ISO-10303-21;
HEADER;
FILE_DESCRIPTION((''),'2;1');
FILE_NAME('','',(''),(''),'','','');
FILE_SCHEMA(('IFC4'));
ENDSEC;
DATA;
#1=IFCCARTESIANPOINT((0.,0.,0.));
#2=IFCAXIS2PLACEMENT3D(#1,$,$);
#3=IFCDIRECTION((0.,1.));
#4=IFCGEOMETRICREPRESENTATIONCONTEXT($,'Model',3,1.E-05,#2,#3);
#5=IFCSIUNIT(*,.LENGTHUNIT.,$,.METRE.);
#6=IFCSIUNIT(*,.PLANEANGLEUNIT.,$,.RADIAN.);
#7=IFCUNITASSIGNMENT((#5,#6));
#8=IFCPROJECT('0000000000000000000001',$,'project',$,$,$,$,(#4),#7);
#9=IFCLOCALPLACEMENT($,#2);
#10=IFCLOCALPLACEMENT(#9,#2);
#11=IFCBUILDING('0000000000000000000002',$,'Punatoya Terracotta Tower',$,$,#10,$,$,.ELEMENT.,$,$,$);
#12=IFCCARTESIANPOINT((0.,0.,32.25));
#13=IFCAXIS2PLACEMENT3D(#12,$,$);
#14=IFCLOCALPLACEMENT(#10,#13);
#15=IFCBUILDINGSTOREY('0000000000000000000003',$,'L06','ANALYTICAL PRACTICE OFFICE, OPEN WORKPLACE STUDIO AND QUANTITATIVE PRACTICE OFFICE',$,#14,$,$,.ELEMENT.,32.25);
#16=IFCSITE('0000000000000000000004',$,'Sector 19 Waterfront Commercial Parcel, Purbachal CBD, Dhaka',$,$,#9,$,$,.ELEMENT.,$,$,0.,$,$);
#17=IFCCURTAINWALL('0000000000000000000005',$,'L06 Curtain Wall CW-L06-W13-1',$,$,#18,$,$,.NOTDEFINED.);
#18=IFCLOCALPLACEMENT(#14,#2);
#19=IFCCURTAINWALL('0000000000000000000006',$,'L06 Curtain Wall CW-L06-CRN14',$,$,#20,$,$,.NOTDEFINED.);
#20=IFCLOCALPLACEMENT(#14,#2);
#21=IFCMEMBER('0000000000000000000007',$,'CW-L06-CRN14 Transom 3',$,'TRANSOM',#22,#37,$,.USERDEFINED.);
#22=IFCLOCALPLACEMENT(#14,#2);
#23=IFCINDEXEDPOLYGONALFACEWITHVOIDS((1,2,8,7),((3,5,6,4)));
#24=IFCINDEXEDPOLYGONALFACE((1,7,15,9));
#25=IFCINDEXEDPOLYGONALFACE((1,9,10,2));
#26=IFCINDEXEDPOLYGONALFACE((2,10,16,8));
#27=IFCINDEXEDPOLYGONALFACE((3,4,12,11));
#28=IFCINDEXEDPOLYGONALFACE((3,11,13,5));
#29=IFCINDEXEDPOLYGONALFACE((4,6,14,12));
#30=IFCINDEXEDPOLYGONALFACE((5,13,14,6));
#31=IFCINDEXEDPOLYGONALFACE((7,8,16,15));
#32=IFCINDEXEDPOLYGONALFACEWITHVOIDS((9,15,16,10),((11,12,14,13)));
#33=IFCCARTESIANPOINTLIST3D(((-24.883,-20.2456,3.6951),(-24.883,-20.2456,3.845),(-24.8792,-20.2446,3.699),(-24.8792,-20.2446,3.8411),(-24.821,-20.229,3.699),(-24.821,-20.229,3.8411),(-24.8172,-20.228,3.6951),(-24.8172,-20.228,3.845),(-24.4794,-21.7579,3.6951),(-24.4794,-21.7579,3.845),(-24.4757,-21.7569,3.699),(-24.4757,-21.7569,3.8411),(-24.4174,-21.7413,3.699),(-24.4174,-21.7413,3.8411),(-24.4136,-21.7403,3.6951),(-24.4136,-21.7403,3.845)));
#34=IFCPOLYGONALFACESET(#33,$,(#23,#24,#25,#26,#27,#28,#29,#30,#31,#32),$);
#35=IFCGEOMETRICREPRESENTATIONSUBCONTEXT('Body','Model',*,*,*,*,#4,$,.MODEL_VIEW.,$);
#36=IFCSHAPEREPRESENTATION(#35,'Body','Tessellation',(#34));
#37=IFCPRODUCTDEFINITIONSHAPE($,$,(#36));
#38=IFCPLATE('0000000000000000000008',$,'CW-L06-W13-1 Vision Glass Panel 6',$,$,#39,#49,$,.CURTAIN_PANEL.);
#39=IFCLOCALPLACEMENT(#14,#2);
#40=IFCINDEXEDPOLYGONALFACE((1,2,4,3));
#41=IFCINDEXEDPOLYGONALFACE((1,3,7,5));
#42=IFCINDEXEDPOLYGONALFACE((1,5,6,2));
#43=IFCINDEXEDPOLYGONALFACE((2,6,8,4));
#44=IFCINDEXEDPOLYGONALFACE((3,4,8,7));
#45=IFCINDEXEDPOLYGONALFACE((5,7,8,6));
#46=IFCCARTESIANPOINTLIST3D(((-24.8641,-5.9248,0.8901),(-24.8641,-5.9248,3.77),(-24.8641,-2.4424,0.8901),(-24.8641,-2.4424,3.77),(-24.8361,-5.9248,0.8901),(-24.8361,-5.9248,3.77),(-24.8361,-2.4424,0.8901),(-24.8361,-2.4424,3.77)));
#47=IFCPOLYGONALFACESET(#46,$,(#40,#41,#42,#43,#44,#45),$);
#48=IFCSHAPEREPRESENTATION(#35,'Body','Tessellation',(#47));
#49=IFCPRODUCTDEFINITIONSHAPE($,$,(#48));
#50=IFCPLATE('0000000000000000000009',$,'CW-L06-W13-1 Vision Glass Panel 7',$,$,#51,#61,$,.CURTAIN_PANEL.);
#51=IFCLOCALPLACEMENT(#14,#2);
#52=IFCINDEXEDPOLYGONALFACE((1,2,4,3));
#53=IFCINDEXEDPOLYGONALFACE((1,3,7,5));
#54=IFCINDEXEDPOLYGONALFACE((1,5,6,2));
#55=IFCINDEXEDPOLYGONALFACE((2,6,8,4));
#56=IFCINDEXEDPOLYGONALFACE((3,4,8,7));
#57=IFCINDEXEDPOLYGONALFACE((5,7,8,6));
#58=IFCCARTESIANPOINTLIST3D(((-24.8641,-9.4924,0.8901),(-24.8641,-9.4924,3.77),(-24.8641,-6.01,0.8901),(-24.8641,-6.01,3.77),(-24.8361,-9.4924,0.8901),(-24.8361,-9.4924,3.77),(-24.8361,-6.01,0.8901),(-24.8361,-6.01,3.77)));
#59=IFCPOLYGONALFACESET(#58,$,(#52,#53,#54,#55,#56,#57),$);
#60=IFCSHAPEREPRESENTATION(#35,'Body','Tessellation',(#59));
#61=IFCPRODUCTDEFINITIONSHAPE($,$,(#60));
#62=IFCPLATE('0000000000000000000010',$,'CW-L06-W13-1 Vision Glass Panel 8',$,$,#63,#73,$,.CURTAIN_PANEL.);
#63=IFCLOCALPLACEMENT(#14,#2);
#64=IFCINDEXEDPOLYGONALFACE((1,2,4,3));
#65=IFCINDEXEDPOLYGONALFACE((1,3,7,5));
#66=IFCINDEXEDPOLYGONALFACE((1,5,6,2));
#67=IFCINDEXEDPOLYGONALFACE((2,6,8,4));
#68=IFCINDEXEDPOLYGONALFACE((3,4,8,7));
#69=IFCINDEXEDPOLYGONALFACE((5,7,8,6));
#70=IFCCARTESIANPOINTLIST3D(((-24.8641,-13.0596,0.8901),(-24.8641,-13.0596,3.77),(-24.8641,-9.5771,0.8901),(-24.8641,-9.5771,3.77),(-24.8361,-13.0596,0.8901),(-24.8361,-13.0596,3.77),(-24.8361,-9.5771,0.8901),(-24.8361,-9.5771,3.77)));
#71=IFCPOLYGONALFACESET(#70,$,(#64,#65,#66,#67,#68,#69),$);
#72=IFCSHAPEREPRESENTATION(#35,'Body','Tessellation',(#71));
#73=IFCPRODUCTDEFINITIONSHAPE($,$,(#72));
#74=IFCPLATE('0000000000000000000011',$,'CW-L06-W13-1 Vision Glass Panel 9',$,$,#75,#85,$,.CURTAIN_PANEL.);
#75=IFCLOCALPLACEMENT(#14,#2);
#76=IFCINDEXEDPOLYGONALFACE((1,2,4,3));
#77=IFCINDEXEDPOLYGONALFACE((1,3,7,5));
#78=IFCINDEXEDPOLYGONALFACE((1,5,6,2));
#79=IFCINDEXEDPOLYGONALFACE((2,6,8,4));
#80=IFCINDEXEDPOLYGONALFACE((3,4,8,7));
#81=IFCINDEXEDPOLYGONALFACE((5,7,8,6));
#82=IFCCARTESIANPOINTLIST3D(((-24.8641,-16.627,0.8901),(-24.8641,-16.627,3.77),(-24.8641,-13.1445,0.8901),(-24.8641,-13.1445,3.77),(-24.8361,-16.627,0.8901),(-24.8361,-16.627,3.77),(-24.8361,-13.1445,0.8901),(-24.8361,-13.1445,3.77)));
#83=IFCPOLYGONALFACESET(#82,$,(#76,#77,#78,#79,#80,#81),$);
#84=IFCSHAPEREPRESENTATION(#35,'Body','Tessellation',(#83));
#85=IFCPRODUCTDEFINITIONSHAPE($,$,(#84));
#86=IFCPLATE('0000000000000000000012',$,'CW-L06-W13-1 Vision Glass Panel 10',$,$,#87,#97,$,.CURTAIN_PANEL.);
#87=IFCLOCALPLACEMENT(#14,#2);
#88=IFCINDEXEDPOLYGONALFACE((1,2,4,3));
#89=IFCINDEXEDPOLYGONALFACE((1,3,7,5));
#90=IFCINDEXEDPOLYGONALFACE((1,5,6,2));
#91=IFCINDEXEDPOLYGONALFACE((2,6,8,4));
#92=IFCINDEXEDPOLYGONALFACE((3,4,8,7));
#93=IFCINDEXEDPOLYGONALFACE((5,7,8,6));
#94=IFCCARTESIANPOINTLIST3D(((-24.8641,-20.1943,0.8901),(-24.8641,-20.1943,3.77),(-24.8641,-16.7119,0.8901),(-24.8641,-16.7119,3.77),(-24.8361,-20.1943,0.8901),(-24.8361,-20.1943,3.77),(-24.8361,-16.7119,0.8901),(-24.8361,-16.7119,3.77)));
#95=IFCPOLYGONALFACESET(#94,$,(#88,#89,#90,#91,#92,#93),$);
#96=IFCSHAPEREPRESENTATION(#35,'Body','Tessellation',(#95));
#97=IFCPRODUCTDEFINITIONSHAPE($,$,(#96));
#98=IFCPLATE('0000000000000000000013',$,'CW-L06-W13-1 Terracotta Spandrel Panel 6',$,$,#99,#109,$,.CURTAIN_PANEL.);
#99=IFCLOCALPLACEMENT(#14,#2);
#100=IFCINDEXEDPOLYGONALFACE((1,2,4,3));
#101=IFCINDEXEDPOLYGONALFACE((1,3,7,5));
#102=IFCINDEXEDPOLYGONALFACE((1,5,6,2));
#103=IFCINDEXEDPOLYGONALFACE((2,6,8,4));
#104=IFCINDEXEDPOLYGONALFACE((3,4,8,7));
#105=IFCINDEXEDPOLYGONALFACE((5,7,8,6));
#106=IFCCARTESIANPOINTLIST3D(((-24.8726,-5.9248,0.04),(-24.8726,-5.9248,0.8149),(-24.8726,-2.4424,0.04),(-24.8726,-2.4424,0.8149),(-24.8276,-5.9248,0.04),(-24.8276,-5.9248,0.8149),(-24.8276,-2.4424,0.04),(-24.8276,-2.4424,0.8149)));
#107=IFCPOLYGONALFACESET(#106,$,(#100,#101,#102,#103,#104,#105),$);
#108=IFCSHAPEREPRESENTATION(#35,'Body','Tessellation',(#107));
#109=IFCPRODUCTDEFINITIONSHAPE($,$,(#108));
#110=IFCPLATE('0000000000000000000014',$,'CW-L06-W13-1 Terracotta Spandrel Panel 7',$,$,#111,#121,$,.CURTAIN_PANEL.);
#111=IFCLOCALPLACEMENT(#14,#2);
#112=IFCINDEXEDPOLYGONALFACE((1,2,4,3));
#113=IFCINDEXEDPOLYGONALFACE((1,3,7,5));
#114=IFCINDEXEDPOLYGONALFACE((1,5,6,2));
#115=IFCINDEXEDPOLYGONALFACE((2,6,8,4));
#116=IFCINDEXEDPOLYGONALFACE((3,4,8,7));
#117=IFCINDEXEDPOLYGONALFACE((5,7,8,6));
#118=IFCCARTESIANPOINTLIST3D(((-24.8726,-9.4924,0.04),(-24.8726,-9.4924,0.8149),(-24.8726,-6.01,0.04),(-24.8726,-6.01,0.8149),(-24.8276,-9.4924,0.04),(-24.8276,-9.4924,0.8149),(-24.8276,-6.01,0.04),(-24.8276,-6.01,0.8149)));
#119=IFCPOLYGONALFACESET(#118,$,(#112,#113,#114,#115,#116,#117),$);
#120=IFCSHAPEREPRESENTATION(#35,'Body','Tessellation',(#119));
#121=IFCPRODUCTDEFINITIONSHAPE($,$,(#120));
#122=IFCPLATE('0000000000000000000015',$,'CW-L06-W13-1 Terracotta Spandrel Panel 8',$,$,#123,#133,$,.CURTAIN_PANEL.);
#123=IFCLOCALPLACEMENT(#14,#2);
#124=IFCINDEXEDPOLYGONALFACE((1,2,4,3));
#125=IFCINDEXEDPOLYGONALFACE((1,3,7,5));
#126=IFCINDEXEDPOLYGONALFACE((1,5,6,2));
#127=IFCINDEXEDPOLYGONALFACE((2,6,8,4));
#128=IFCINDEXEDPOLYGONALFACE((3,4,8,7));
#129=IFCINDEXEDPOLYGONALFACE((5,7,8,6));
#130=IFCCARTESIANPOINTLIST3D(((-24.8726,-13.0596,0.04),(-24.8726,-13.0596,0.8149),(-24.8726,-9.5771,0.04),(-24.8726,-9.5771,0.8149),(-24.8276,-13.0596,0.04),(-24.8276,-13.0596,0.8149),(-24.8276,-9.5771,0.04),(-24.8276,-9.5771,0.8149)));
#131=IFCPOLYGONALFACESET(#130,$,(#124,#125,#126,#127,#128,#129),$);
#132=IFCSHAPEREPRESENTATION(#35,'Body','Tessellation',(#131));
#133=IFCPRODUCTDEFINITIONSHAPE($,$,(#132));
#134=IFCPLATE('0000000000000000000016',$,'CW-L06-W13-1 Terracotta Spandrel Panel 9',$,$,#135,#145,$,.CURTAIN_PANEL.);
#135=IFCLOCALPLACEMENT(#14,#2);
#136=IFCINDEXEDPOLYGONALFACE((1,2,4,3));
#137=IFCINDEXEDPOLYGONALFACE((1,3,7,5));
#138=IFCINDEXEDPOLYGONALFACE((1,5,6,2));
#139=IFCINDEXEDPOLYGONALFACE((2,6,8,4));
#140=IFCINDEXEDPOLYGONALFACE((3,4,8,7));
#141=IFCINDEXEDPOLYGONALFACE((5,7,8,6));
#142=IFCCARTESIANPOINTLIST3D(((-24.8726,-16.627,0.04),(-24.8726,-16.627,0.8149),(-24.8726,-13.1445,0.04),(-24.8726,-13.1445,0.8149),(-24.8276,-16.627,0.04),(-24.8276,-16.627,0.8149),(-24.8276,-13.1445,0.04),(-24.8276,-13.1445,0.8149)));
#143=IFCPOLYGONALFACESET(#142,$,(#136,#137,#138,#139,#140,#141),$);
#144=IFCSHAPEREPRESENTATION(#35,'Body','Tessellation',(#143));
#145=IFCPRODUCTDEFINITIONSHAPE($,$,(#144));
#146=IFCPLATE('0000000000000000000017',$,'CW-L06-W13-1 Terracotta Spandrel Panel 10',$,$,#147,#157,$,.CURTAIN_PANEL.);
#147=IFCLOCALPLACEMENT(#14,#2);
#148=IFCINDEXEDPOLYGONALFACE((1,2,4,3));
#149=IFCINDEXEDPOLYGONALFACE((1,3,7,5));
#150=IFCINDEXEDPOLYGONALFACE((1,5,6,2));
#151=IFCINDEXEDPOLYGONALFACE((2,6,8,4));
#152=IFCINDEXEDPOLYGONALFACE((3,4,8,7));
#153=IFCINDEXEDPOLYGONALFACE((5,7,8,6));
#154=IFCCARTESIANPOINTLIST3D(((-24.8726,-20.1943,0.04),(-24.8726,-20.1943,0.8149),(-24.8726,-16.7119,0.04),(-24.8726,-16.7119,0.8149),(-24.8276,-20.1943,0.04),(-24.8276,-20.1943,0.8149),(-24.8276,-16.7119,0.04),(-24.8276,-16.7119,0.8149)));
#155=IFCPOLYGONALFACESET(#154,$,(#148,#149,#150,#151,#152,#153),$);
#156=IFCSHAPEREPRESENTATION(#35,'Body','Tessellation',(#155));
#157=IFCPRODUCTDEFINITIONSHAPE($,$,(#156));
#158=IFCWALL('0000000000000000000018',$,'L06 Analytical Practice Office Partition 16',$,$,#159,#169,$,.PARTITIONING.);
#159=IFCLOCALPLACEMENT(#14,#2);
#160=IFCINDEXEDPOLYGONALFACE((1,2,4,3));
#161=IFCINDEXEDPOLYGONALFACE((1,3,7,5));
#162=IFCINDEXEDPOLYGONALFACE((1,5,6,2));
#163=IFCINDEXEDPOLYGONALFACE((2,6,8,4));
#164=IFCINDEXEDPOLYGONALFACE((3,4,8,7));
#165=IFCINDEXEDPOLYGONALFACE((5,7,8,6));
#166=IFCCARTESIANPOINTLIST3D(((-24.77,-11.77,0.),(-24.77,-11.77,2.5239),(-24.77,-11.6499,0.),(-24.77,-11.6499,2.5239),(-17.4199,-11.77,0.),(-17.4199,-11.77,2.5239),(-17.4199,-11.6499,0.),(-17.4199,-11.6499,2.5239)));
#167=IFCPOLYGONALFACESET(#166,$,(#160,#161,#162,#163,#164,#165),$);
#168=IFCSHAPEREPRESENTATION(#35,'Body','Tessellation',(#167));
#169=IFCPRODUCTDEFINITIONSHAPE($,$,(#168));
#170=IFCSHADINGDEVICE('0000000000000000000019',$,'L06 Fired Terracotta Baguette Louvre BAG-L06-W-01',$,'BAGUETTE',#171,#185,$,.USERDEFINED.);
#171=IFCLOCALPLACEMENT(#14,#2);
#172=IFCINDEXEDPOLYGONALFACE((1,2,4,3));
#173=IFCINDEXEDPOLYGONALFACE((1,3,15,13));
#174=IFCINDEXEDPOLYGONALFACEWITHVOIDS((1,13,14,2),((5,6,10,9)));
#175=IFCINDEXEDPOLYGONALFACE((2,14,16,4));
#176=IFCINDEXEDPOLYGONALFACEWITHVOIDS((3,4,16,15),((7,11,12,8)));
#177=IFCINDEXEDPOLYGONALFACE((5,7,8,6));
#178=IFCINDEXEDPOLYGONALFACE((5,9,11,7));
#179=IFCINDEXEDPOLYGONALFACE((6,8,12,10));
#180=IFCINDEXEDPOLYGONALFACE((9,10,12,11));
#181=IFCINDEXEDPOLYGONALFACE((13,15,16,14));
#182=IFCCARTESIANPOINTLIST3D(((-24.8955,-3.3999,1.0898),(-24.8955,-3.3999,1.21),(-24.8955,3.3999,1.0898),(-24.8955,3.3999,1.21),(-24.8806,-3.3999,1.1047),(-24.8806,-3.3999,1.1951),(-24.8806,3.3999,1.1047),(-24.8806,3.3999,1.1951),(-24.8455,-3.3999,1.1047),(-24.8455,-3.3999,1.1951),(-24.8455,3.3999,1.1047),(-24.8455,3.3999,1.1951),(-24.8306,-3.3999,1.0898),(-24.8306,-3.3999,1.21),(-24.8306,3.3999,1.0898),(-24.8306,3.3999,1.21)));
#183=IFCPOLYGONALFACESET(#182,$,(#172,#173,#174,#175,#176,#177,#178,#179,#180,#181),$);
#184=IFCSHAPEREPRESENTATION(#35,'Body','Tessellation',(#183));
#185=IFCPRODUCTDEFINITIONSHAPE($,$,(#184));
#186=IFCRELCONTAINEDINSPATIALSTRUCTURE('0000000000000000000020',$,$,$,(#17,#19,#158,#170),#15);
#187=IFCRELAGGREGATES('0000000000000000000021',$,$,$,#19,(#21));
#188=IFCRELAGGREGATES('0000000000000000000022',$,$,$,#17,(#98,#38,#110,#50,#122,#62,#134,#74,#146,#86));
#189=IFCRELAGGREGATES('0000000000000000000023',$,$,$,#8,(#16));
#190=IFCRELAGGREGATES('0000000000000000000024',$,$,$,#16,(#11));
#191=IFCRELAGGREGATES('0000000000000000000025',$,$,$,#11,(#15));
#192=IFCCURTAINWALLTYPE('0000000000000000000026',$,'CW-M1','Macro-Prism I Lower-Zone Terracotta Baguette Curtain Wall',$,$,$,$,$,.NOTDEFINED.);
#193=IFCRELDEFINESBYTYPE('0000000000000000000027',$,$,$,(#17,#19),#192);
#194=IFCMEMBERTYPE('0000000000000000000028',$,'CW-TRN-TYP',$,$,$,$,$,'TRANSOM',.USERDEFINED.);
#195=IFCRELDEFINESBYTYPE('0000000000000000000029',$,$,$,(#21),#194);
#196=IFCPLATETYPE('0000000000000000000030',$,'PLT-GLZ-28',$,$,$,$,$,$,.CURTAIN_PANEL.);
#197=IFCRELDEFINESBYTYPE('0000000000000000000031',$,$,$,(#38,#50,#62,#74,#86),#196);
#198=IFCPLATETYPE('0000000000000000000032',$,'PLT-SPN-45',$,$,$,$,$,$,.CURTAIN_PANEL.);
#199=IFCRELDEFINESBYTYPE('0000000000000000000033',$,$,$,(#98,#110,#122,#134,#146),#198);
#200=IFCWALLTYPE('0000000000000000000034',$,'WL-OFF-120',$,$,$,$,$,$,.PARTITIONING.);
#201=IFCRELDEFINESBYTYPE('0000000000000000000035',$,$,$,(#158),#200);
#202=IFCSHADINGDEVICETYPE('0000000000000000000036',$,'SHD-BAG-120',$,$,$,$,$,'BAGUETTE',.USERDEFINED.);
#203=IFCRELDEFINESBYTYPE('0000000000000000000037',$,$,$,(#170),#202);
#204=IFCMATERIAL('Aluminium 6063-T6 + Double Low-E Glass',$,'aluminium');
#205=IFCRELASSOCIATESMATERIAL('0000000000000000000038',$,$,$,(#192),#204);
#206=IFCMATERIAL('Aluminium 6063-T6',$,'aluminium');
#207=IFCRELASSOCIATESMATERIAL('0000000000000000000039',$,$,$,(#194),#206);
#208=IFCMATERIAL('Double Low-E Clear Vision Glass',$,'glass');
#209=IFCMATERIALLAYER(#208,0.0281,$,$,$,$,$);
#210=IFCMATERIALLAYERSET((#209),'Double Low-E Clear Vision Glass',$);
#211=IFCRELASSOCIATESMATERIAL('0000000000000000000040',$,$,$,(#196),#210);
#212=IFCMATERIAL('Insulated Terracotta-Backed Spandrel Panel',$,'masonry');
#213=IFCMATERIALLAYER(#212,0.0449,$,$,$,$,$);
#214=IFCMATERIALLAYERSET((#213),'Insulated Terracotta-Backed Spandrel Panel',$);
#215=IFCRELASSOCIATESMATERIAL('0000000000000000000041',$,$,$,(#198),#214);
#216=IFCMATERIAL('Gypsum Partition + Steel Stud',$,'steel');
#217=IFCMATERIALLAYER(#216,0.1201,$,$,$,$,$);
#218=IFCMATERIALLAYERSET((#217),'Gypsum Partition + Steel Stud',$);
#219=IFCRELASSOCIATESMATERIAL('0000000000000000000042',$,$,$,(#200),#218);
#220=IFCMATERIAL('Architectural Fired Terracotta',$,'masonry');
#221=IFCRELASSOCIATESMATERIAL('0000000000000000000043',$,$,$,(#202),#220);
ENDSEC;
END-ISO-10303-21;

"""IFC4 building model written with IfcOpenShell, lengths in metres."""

from ifc_helpers import new_model, si_unit, direction, frame, frame_2d, origin, origin_2d, place, context, subcontext, project, spatial, rectangle, hollow_rectangle, extrude, material, layer, layer_set, material_profile, profile_set, type_object, element, aggregate, save


model = new_model("IFC4")

# Units and contexts
model_context = context("Model", 3, precision=1e-05, world=origin(), true_north=direction((0.0, 1.0)))
body_context = subcontext(model_context, "Body", "Model", "MODEL_VIEW")
ifc_project = project(units=[si_unit("LENGTHUNIT", "METRE"), si_unit("PLANEANGLEUNIT", "RADIAN")], contexts=[model_context])

# Site, building, storey
site_placement = place(None, origin())
site = spatial("IfcSite", under=ifc_project, at=site_placement, Name="Sector 19 Waterfront Commercial Parcel, Purbachal CBD, Dhaka", CompositionType="ELEMENT", RefElevation=0.0)
building_placement = place(site_placement, origin())
building = spatial("IfcBuilding", under=site, at=building_placement, Name="Punatoya Terracotta Tower", CompositionType="ELEMENT")
storey_placement = place(building_placement, frame((0.0, 0.0, 32.25)))
storey = spatial("IfcBuildingStorey", under=building, at=storey_placement, Name="L06", Description="ANALYTICAL PRACTICE OFFICE, OPEN WORKPLACE STUDIO AND QUANTITATIVE PRACTICE OFFICE", CompositionType="ELEMENT", Elevation=32.25)

# Curtain wall
ifc_material_1 = material(Name="Aluminium 6063-T6 + Double Low-E Glass", Category="aluminium")
curtain_wall_type = type_object("IfcCurtainWallType", Name="CW-M1", Description="Macro-Prism I Lower-Zone Terracotta Baguette Curtain Wall", PredefinedType="NOTDEFINED", material=ifc_material_1)
curtain_wall_1_placement = place(storey_placement, origin())
curtain_wall_1 = element("IfcCurtainWall", 1, at=curtain_wall_1_placement, inside=storey, type_object=curtain_wall_type, Name="L06 Curtain Wall CW-L06-W13-1", PredefinedType="NOTDEFINED")
ifc_material_2 = material(Name="Aluminium 6063-T6", Category="aluminium")

# Curtain wall, member
curtain_wall_2_placement = place(storey_placement, origin())
curtain_wall_2 = element("IfcCurtainWall", 2, at=curtain_wall_2_placement, inside=storey, type_object=curtain_wall_type, Name="L06 Curtain Wall CW-L06-CRN14", PredefinedType="NOTDEFINED")
ifc_material_profile_1 = material_profile(ifc_material_2, hollow_rectangle(XDim=0.0681, YDim=0.1499, WallThickness=0.0039, at=origin_2d()))
ifc_profile_set_1 = profile_set([ifc_material_profile_1], Name="Aluminium 6063-T6")
member_type_1 = type_object("IfcMemberType", Name="CW-TRN-TYP", ElementType="TRANSOM", PredefinedType="USERDEFINED", material=ifc_profile_set_1)
member_1_placement = place(storey_placement, frame((-24.8501, -20.2368, 3.77), z_axis=(0.257847, -0.966186, 0.0), x_axis=(0.966186, 0.257847, 0.0)))
member_1 = element("IfcMember", 3, at=member_1_placement, type_object=member_type_1, Name="CW-L06-CRN14 Transom 3", ObjectType="TRANSOM", PredefinedType="USERDEFINED", context=body_context, shape_type="SweptSolid", body=[
    extrude(hollow_rectangle(XDim=0.0681, YDim=0.1499, WallThickness=0.0039, at=origin_2d()), origin(), (0.0, 0.0, 1.0), 1.5652),
])
aggregate(curtain_wall_2, [member_1])

# Plates
ifc_material_3 = material(Name="Double Low-E Clear Vision Glass", Category="glass")
ifc_layer_1 = layer(ifc_material_3, 0.0281)
ifc_layer_set_1 = layer_set([ifc_layer_1], Name="Double Low-E Clear Vision Glass")
plate_type_1 = type_object("IfcPlateType", Name="PLT-GLZ-28", PredefinedType="CURTAIN_PANEL", material=ifc_layer_set_1)
plate_1_placement = place(storey_placement, frame((-24.8501, -4.1836, 0.8901), z_axis=(0.0, 0.0, 1.0), x_axis=(0.0, -1.0, 0.0)))
plate_1 = element("IfcPlate", 4, at=plate_1_placement, type_object=plate_type_1, Name="CW-L06-W13-1 Vision Glass Panel 6", PredefinedType="CURTAIN_PANEL", context=body_context, shape_type="SweptSolid", body=[
    extrude(rectangle(XDim=3.4824, YDim=0.0281, at=origin_2d()), origin(), (0.0, 0.0, 1.0), 2.8799),
])
plate_2_placement = place(storey_placement, frame((-24.8501, -7.7512, 0.8901), z_axis=(0.0, 0.0, 1.0), x_axis=(0.0, -1.0, 0.0)))
plate_2 = element("IfcPlate", 5, at=plate_2_placement, type_object=plate_type_1, Name="CW-L06-W13-1 Vision Glass Panel 7", PredefinedType="CURTAIN_PANEL", context=body_context, shape_type="SweptSolid", body=[
    extrude(rectangle(XDim=3.4824, YDim=0.0281, at=origin_2d()), origin(), (0.0, 0.0, 1.0), 2.8799),
])
plate_3_placement = place(storey_placement, frame((-24.8501, -11.3184, 0.8901), z_axis=(0.0, 0.0, 1.0), x_axis=(0.0, -1.0, 0.0)))
plate_3 = element("IfcPlate", 6, at=plate_3_placement, type_object=plate_type_1, Name="CW-L06-W13-1 Vision Glass Panel 8", PredefinedType="CURTAIN_PANEL", context=body_context, shape_type="SweptSolid", body=[
    extrude(rectangle(XDim=3.4824, YDim=0.0281, at=origin_2d()), origin(), (0.0, 0.0, 1.0), 2.8799),
])
plate_4_placement = place(storey_placement, frame((-24.8501, -14.8857, 0.8901), z_axis=(0.0, 0.0, 1.0), x_axis=(0.0, -1.0, 0.0)))
plate_4 = element("IfcPlate", 7, at=plate_4_placement, type_object=plate_type_1, Name="CW-L06-W13-1 Vision Glass Panel 9", PredefinedType="CURTAIN_PANEL", context=body_context, shape_type="SweptSolid", body=[
    extrude(rectangle(XDim=3.4824, YDim=0.0281, at=origin_2d()), origin(), (0.0, 0.0, 1.0), 2.8799),
])
plate_5_placement = place(storey_placement, frame((-24.8501, -18.4531, 0.8901), z_axis=(0.0, 0.0, 1.0), x_axis=(0.0, -1.0, 0.0)))
plate_5 = element("IfcPlate", 8, at=plate_5_placement, type_object=plate_type_1, Name="CW-L06-W13-1 Vision Glass Panel 10", PredefinedType="CURTAIN_PANEL", context=body_context, shape_type="SweptSolid", body=[
    extrude(rectangle(XDim=3.4824, YDim=0.0281, at=origin_2d()), origin(), (0.0, 0.0, 1.0), 2.8799),
])
ifc_material_4 = material(Name="Insulated Terracotta-Backed Spandrel Panel", Category="masonry")
ifc_layer_2 = layer(ifc_material_4, 0.0449)
ifc_layer_set_2 = layer_set([ifc_layer_2], Name="Insulated Terracotta-Backed Spandrel Panel")
plate_type_2 = type_object("IfcPlateType", Name="PLT-SPN-45", PredefinedType="CURTAIN_PANEL", material=ifc_layer_set_2)
plate_6_placement = place(storey_placement, frame((-24.8501, -4.1836, 0.04), z_axis=(0.0, 0.0, 1.0), x_axis=(0.0, -1.0, 0.0)))
plate_6 = element("IfcPlate", 9, at=plate_6_placement, type_object=plate_type_2, Name="CW-L06-W13-1 Terracotta Spandrel Panel 6", PredefinedType="CURTAIN_PANEL", context=body_context, shape_type="SweptSolid", body=[
    extrude(rectangle(XDim=3.4824, YDim=0.0449, at=origin_2d()), origin(), (0.0, 0.0, 1.0), 0.7749),
])
plate_7_placement = place(storey_placement, frame((-24.8501, -7.7512, 0.04), z_axis=(0.0, 0.0, 1.0), x_axis=(0.0, -1.0, 0.0)))
plate_7 = element("IfcPlate", 10, at=plate_7_placement, type_object=plate_type_2, Name="CW-L06-W13-1 Terracotta Spandrel Panel 7", PredefinedType="CURTAIN_PANEL", context=body_context, shape_type="SweptSolid", body=[
    extrude(rectangle(XDim=3.4824, YDim=0.0449, at=origin_2d()), origin(), (0.0, 0.0, 1.0), 0.7749),
])
plate_8_placement = place(storey_placement, frame((-24.8501, -11.3184, 0.04), z_axis=(0.0, 0.0, 1.0), x_axis=(0.0, -1.0, 0.0)))
plate_8 = element("IfcPlate", 11, at=plate_8_placement, type_object=plate_type_2, Name="CW-L06-W13-1 Terracotta Spandrel Panel 8", PredefinedType="CURTAIN_PANEL", context=body_context, shape_type="SweptSolid", body=[
    extrude(rectangle(XDim=3.4824, YDim=0.0449, at=origin_2d()), origin(), (0.0, 0.0, 1.0), 0.7749),
])
plate_9_placement = place(storey_placement, frame((-24.8501, -14.8857, 0.04), z_axis=(0.0, 0.0, 1.0), x_axis=(0.0, -1.0, 0.0)))
plate_9 = element("IfcPlate", 12, at=plate_9_placement, type_object=plate_type_2, Name="CW-L06-W13-1 Terracotta Spandrel Panel 9", PredefinedType="CURTAIN_PANEL", context=body_context, shape_type="SweptSolid", body=[
    extrude(rectangle(XDim=3.4824, YDim=0.0449, at=origin_2d()), origin(), (0.0, 0.0, 1.0), 0.7749),
])
plate_10_placement = place(storey_placement, frame((-24.8501, -18.4531, 0.04), z_axis=(0.0, 0.0, 1.0), x_axis=(0.0, -1.0, 0.0)))
plate_10 = element("IfcPlate", 13, at=plate_10_placement, type_object=plate_type_2, Name="CW-L06-W13-1 Terracotta Spandrel Panel 10", PredefinedType="CURTAIN_PANEL", context=body_context, shape_type="SweptSolid", body=[
    extrude(rectangle(XDim=3.4824, YDim=0.0449, at=origin_2d()), origin(), (0.0, 0.0, 1.0), 0.7749),
])
aggregate(curtain_wall_1, [plate_6, plate_1, plate_7, plate_2, plate_8, plate_3, plate_9, plate_4, plate_10, plate_5])

# Wall
ifc_material_5 = material(Name="Gypsum Partition + Steel Stud", Category="steel")
ifc_layer_3 = layer(ifc_material_5, 0.1201)
ifc_layer_set_3 = layer_set([ifc_layer_3], Name="Gypsum Partition + Steel Stud")
wall_type = type_object("IfcWallType", Name="WL-OFF-120", PredefinedType="PARTITIONING", material=ifc_layer_set_3)
wall_placement = place(storey_placement, frame((-24.77, -11.71, 0.0), z_axis=(0.0, 0.0, 1.0), x_axis=(1.0, 0.0, 0.0)))
element("IfcWall", 14, at=wall_placement, inside=storey, type_object=wall_type, Name="L06 Analytical Practice Office Partition 16", PredefinedType="PARTITIONING", context=body_context, shape_type="SweptSolid", body=[
    extrude(rectangle(XDim=7.3501, YDim=0.1201, at=frame_2d((3.675, 0.0))), origin(), (0.0, 0.0, 1.0), 2.5239),
])

# Shading device
ifc_material_6 = material(Name="Architectural Fired Terracotta", Category="masonry")
ifc_material_profile_2 = material_profile(ifc_material_6, hollow_rectangle(XDim=0.0649, YDim=0.1201, WallThickness=0.0149, at=origin_2d()))
ifc_profile_set_2 = profile_set([ifc_material_profile_2], Name="Architectural Fired Terracotta")
shading_device_type = type_object("IfcShadingDeviceType", Name="SHD-BAG-120", ElementType="BAGUETTE", PredefinedType="USERDEFINED", material=ifc_profile_set_2)
for number, where, z_axis, x_axis, name in (
    (15, (-24.863, -3.3999, 1.1499), (0.0, 1.0, 0.0), (-1.0, 0.0, 0.0), "L06 Fired Terracotta Baguette Louvre BAG-L06-W-01"),
):
    element("IfcShadingDevice", number, at=place(storey_placement, frame(where, z_axis=z_axis, x_axis=x_axis)), inside=storey, type_object=shading_device_type, Name=name, ObjectType="BAGUETTE", PredefinedType="USERDEFINED", context=body_context, shape_type="SweptSolid", body=[
        extrude(hollow_rectangle(XDim=0.0649, YDim=0.1201, WallThickness=0.0149, at=origin_2d()), origin(), (0.0, 0.0, 1.0), 6.7998),
    ])

save(model, "model.ifc")
